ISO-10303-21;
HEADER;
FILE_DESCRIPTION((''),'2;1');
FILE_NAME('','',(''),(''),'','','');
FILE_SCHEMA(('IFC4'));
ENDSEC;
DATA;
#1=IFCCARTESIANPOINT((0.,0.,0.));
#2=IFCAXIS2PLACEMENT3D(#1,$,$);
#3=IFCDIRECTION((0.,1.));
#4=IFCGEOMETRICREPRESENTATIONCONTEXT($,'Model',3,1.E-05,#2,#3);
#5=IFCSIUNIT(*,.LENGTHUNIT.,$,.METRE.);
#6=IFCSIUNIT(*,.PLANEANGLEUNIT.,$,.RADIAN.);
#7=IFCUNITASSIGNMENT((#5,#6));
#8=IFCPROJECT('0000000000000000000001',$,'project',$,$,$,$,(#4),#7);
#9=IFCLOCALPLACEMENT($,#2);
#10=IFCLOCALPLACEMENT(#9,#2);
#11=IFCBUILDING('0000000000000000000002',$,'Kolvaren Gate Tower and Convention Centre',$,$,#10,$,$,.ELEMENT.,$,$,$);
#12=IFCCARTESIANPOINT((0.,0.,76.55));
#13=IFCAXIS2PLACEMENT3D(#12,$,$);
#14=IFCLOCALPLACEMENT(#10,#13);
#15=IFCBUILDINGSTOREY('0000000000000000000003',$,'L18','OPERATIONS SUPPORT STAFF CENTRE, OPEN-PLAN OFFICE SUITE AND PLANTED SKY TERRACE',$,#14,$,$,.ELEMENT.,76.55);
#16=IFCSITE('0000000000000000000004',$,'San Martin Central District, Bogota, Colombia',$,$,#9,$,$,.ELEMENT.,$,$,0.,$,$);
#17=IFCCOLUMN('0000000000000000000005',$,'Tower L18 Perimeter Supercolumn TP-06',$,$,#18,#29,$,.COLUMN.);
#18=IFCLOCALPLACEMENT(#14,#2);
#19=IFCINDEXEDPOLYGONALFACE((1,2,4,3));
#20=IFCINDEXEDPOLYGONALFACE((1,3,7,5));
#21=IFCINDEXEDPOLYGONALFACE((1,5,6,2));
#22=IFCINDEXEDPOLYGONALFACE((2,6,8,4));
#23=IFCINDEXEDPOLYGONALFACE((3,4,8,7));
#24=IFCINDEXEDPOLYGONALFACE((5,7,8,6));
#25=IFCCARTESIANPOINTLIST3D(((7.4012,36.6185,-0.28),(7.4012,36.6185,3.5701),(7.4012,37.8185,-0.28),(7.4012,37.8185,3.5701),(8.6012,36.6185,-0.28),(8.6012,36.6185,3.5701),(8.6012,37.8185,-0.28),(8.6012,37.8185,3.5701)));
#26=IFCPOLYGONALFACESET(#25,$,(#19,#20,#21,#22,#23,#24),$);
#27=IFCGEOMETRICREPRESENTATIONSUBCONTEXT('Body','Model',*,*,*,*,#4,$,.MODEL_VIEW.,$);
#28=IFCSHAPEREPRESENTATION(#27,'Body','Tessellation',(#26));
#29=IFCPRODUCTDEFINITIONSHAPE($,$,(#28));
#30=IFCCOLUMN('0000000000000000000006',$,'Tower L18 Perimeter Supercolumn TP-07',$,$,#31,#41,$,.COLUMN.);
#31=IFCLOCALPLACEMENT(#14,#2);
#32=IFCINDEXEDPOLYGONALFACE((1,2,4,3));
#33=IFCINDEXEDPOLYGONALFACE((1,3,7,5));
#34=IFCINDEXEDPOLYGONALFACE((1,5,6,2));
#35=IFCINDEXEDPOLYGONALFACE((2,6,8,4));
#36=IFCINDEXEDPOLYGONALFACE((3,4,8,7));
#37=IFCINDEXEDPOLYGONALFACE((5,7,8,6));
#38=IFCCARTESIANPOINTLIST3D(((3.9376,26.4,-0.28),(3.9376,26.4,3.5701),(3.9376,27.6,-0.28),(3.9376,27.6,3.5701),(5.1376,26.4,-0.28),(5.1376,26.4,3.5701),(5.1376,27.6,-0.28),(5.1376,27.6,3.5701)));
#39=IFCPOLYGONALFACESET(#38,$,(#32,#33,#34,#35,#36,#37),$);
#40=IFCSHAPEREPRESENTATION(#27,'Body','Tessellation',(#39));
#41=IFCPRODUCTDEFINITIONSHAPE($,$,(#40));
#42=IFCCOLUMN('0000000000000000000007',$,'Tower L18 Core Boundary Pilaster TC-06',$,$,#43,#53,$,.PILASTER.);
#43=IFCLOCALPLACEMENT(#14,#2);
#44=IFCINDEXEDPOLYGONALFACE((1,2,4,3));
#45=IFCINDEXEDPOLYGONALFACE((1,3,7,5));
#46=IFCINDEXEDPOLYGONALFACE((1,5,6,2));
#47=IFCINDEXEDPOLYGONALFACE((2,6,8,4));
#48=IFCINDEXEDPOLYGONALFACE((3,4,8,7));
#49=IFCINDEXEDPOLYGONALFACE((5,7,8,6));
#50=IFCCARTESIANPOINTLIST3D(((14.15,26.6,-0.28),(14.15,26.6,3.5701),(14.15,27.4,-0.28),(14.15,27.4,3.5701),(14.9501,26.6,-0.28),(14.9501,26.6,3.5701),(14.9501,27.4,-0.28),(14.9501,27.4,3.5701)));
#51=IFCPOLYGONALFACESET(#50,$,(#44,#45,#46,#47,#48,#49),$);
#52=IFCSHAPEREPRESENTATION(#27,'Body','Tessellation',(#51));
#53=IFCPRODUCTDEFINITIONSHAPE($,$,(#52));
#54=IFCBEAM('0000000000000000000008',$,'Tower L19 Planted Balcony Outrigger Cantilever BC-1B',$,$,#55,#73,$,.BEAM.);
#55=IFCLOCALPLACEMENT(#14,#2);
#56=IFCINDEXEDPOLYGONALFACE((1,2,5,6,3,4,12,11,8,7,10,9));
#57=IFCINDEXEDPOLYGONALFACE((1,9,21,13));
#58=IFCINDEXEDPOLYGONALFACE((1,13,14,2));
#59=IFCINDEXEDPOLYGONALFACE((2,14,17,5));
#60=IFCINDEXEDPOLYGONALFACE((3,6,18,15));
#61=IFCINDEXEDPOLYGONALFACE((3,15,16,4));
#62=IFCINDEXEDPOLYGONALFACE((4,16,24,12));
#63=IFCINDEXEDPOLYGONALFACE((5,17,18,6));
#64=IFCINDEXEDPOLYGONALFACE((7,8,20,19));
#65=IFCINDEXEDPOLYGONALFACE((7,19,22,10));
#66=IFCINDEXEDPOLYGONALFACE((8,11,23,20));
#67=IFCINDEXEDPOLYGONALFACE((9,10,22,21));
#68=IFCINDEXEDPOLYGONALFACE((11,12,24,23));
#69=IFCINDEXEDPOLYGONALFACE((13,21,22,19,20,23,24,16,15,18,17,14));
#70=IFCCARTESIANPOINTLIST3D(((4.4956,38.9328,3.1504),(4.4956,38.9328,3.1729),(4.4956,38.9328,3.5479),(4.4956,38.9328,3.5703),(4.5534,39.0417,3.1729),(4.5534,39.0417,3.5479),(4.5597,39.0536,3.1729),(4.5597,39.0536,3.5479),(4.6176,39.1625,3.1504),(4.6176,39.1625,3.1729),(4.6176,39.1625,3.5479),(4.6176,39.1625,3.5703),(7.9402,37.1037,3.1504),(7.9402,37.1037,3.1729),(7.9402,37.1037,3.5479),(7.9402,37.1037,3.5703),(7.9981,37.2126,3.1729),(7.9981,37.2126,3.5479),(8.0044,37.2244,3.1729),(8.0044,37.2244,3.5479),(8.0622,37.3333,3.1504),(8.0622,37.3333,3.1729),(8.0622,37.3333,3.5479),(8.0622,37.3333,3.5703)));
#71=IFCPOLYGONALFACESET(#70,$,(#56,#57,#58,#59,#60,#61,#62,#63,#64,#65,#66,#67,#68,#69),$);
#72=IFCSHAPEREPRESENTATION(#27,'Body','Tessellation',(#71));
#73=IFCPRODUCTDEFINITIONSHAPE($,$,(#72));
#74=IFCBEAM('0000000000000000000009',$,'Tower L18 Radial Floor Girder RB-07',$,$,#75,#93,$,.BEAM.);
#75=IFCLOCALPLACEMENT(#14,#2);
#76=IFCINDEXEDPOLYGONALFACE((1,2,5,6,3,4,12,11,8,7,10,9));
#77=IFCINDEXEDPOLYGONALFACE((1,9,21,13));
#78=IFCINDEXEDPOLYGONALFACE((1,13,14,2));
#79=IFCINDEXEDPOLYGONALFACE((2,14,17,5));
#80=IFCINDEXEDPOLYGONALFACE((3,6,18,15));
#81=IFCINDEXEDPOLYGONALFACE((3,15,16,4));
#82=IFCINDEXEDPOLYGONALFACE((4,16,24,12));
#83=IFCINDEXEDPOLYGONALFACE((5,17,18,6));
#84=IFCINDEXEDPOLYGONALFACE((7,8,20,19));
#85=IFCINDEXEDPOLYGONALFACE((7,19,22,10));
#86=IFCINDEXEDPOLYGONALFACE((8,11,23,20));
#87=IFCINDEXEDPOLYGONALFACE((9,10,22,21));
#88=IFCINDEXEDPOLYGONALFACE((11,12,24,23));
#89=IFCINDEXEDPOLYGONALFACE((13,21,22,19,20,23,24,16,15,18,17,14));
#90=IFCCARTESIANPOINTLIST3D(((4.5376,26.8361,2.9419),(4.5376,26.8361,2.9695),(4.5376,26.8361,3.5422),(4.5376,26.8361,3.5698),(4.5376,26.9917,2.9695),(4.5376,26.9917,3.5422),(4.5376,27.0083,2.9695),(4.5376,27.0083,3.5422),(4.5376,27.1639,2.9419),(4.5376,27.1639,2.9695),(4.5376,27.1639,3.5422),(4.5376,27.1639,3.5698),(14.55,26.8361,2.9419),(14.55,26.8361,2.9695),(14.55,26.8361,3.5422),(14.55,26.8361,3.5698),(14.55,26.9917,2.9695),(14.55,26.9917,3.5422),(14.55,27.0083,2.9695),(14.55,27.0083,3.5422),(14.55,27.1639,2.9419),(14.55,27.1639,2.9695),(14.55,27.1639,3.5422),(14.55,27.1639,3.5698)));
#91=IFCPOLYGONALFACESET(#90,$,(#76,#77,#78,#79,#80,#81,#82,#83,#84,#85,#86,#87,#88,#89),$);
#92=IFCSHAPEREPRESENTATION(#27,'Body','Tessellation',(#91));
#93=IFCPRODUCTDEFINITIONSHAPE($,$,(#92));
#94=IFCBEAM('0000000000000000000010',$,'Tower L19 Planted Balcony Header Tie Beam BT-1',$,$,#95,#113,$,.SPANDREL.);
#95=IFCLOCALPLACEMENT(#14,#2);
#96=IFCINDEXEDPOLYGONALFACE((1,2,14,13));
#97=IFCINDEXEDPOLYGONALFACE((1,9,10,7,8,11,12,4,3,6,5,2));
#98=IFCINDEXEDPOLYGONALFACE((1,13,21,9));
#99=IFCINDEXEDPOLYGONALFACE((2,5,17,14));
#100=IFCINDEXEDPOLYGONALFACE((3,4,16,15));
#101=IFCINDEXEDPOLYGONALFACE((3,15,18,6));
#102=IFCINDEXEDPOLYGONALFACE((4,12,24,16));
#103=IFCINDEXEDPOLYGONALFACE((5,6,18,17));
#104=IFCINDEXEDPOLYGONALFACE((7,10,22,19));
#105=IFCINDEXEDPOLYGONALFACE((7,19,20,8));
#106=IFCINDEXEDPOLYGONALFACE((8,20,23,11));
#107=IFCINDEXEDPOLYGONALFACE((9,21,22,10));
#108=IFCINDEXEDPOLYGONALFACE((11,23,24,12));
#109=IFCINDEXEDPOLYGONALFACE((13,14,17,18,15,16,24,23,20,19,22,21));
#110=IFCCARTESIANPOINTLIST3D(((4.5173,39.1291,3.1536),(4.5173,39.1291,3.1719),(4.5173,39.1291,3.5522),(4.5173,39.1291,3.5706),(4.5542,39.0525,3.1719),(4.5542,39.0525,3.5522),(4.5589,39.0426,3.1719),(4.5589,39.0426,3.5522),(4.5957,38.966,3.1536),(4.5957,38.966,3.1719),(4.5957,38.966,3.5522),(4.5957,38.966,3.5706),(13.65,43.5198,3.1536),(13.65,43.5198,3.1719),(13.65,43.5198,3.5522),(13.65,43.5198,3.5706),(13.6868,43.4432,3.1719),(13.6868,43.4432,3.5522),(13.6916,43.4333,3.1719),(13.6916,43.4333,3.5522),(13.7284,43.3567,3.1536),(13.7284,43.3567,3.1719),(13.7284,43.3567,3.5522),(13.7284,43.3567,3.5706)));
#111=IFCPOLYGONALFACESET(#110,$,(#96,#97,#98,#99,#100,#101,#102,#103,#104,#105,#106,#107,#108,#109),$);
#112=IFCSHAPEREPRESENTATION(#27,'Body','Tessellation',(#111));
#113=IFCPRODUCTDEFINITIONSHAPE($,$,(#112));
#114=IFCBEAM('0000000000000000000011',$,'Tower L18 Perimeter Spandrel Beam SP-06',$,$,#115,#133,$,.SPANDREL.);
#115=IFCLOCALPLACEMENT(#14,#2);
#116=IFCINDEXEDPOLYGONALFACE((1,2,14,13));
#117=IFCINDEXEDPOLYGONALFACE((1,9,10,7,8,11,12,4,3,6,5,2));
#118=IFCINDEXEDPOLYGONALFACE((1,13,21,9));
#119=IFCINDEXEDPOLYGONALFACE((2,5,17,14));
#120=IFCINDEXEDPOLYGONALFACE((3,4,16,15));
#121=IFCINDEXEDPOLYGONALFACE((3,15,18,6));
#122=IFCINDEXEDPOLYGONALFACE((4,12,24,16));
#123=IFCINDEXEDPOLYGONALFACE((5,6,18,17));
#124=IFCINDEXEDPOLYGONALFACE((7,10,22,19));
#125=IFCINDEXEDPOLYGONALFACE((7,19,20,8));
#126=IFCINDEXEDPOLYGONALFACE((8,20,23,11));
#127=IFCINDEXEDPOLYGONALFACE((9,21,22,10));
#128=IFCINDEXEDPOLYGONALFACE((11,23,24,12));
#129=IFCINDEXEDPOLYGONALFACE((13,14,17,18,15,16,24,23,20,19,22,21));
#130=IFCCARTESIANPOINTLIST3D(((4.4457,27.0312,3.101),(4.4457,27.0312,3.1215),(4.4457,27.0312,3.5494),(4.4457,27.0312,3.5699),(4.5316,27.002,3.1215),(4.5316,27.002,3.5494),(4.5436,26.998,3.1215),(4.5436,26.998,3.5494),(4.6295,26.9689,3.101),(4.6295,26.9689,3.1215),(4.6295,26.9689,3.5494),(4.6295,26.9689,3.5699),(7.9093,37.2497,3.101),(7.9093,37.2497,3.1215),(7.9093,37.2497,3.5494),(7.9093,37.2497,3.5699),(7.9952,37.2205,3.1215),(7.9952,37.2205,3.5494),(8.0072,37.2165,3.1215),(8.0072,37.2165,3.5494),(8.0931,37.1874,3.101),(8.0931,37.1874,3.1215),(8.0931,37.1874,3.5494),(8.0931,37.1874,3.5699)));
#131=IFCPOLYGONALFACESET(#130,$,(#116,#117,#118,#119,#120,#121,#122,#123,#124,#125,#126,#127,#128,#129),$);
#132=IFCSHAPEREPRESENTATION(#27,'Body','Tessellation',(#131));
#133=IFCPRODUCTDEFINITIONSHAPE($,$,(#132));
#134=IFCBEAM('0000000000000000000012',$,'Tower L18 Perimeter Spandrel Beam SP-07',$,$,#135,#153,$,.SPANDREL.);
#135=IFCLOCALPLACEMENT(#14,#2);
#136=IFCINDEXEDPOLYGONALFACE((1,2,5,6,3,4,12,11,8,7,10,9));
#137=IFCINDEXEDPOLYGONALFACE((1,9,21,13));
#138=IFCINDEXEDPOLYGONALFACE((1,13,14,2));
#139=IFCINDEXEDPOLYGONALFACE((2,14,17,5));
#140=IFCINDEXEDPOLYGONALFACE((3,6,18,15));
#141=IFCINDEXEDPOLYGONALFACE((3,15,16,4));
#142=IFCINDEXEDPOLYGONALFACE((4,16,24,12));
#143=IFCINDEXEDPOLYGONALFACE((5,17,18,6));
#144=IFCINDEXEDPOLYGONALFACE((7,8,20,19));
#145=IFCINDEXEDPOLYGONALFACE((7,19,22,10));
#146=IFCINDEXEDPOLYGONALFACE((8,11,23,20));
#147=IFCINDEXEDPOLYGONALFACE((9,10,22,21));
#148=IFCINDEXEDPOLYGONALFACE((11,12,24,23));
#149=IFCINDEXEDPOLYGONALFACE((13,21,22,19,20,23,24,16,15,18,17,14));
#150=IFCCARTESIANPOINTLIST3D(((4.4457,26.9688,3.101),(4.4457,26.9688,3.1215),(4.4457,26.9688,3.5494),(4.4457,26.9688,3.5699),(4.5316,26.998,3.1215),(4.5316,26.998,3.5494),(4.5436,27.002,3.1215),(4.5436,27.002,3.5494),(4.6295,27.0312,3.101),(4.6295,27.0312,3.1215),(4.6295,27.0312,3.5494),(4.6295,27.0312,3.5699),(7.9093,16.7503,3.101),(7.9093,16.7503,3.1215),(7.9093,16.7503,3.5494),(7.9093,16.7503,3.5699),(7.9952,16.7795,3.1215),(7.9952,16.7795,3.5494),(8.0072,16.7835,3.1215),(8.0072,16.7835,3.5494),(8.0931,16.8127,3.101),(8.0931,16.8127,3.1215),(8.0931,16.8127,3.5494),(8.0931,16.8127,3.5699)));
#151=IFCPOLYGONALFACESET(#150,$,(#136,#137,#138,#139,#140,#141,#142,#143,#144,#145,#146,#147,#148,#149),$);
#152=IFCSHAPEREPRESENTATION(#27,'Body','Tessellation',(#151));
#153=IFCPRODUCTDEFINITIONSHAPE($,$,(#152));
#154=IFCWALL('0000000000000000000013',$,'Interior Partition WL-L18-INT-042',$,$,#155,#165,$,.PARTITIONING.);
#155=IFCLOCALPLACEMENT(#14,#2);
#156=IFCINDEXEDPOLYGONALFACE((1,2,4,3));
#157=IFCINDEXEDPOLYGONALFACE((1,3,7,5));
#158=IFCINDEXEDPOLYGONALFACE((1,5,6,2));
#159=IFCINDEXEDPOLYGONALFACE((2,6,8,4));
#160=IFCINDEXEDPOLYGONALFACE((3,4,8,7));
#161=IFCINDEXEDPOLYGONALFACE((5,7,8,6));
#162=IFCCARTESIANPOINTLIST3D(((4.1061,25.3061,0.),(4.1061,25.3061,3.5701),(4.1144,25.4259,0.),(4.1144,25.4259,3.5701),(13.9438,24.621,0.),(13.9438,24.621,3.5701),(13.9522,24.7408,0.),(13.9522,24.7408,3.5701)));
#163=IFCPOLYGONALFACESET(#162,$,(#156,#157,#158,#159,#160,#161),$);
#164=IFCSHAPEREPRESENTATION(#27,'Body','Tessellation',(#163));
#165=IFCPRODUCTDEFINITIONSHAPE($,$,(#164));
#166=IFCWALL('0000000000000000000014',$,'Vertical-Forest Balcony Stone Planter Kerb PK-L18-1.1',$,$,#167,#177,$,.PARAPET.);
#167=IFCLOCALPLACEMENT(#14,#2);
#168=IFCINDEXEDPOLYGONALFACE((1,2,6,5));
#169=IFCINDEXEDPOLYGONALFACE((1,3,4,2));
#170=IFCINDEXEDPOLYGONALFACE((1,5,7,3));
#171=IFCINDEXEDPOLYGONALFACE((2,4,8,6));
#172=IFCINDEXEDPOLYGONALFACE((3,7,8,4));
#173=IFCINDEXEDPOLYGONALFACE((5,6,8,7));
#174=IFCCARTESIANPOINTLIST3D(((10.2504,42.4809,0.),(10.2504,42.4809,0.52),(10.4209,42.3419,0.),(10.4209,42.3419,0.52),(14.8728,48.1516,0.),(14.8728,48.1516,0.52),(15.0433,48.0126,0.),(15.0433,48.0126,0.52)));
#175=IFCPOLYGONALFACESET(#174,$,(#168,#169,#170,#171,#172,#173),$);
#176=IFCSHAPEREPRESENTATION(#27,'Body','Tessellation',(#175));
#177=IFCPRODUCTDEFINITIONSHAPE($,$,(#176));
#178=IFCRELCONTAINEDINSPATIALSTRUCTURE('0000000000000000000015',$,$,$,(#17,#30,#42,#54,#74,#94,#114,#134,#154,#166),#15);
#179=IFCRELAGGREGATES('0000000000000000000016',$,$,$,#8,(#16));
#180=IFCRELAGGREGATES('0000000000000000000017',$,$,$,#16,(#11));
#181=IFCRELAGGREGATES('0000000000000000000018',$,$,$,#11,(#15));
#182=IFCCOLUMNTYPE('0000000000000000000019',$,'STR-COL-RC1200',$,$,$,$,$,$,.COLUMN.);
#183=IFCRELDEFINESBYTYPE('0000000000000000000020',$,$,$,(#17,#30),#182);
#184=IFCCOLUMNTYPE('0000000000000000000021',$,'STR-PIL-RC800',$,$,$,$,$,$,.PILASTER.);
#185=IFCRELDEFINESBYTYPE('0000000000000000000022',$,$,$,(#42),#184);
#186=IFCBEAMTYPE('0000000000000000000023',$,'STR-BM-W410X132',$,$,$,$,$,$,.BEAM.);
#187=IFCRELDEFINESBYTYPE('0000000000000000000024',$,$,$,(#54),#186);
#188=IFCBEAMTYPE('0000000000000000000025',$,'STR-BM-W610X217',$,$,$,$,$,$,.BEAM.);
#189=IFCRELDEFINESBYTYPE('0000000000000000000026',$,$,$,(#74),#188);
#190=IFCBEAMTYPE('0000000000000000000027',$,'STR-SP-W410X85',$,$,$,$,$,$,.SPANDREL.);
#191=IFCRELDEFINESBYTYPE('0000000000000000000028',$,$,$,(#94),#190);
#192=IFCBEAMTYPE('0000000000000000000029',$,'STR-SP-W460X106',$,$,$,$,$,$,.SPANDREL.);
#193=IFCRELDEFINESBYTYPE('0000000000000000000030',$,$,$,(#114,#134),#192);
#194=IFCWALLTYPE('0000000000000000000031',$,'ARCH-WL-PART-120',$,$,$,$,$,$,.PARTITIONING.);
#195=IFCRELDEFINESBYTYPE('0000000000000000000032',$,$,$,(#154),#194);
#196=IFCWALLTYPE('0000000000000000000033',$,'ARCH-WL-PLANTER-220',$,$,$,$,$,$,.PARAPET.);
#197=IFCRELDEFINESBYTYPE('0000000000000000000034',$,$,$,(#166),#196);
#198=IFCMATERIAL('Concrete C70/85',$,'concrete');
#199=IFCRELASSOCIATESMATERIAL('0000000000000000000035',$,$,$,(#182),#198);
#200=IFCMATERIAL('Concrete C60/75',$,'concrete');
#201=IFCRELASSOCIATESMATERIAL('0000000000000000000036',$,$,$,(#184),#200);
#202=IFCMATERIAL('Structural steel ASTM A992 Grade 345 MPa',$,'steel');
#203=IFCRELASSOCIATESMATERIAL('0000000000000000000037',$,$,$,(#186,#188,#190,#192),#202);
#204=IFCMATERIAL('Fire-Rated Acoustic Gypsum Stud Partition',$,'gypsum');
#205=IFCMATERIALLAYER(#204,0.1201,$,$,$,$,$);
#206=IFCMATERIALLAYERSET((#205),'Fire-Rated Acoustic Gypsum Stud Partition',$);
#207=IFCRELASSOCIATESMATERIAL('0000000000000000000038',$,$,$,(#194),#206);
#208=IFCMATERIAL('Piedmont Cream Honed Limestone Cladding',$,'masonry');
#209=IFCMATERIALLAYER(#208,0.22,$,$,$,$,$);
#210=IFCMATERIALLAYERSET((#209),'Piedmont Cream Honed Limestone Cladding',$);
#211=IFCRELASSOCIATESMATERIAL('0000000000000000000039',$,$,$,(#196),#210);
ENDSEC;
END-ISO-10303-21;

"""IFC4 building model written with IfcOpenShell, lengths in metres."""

from ifc_helpers import new_model, si_unit, direction, frame, frame_2d, origin, origin_2d, place, context, subcontext, project, spatial, rectangle, i_section, extrude, material, layer, layer_set, material_profile, profile_set, type_object, element, save


model = new_model("IFC4")

# Units and contexts
model_context = context("Model", 3, precision=1e-05, world=origin(), true_north=direction((0.0, 1.0)))
body_context = subcontext(model_context, "Body", "Model", "MODEL_VIEW")
ifc_project = project(units=[si_unit("LENGTHUNIT", "METRE"), si_unit("PLANEANGLEUNIT", "RADIAN")], contexts=[model_context])

# Site, building, storey
site_placement = place(None, origin())
site = spatial("IfcSite", under=ifc_project, at=site_placement, Name="San Martin Central District, Bogota, Colombia", CompositionType="ELEMENT", RefElevation=0.0)
building_placement = place(site_placement, origin())
building = spatial("IfcBuilding", under=site, at=building_placement, Name="Kolvaren Gate Tower and Convention Centre", CompositionType="ELEMENT")
storey_placement = place(building_placement, frame((0.0, 0.0, 76.55)))
storey = spatial("IfcBuildingStorey", under=building, at=storey_placement, Name="L18", Description="OPERATIONS SUPPORT STAFF CENTRE, OPEN-PLAN OFFICE SUITE AND PLANTED SKY TERRACE", CompositionType="ELEMENT", Elevation=76.55)

# Columns
ifc_material_1 = material(Name="Concrete C70/85", Category="concrete")
ifc_material_profile_1 = material_profile(ifc_material_1, rectangle(XDim=1.2, YDim=1.2, at=origin_2d()), Name="RC-COL-1200X1200")
ifc_profile_set_1 = profile_set([ifc_material_profile_1], Name="Concrete C70/85")
column_type_1 = type_object("IfcColumnType", Name="STR-COL-RC1200", PredefinedType="COLUMN", material=ifc_profile_set_1)
for number, where, z_axis, x_axis, name in (
    (1, (8.0012, 37.2185, -0.28), (0.0, 0.0, 1.0), (1.0, 0.0, 0.0), "Tower L18 Perimeter Supercolumn TP-06"),
    (2, (4.5376, 27.0, -0.28), (0.0, 0.0, 1.0), (1.0, 0.0, 0.0), "Tower L18 Perimeter Supercolumn TP-07"),
):
    element("IfcColumn", number, at=place(storey_placement, frame(where, z_axis=z_axis, x_axis=x_axis)), inside=storey, type_object=column_type_1, Name=name, PredefinedType="COLUMN", context=body_context, shape_type="SweptSolid", body=[
        extrude(rectangle(XDim=1.2, YDim=1.2, at=origin_2d()), origin(), (0.0, 0.0, 1.0), 3.8501),
    ])
ifc_material_2 = material(Name="Concrete C60/75", Category="concrete")
ifc_material_profile_2 = material_profile(ifc_material_2, rectangle(XDim=0.8, YDim=0.8, at=origin_2d()), Name="RC-COL-800X800")
ifc_profile_set_2 = profile_set([ifc_material_profile_2], Name="Concrete C60/75")
column_type_2 = type_object("IfcColumnType", Name="STR-PIL-RC800", PredefinedType="PILASTER", material=ifc_profile_set_2)
column_placement = place(storey_placement, frame((14.55, 27.0, -0.28), z_axis=(0.0, 0.0, 1.0), x_axis=(1.0, 0.0, 0.0)))
element("IfcColumn", 3, at=column_placement, inside=storey, type_object=column_type_2, Name="Tower L18 Core Boundary Pilaster TC-06", PredefinedType="PILASTER", context=body_context, shape_type="SweptSolid", body=[
    extrude(rectangle(XDim=0.8, YDim=0.8, at=origin_2d()), origin(), (0.0, 0.0, 1.0), 3.8501),
])

# Beams
ifc_material_3 = material(Name="Structural steel ASTM A992 Grade 345 MPa", Category="steel")
ifc_material_profile_3 = material_profile(ifc_material_3, i_section(OverallWidth=0.26, OverallDepth=0.4199, WebThickness=0.0134, FlangeThickness=0.0225, at=origin_2d()), Name="W410X132")
ifc_profile_set_3 = profile_set([ifc_material_profile_3], Name="Structural steel ASTM A992 Grade 345 MPa")
beam_type_1 = type_object("IfcBeamType", Name="STR-BM-W410X132", PredefinedType="BEAM", material=ifc_profile_set_3)
beam_1_placement = place(storey_placement, frame((8.0012, 37.2185, 3.3604), z_axis=(-0.883204, 0.468989, 0.0), x_axis=(-0.468989, -0.883204, 0.0)))
element("IfcBeam", 4, at=beam_1_placement, inside=storey, type_object=beam_type_1, Name="Tower L19 Planted Balcony Outrigger Cantilever BC-1B", PredefinedType="BEAM", context=body_context, shape_type="SweptSolid", body=[
    extrude(i_section(OverallWidth=0.26, OverallDepth=0.4199, WebThickness=0.0134, FlangeThickness=0.0225, at=origin_2d()), origin(), (0.0, 0.0, 1.0), 3.9001),
])
ifc_material_profile_4 = material_profile(ifc_material_3, i_section(OverallWidth=0.3279, OverallDepth=0.6279, WebThickness=0.0166, FlangeThickness=0.0276, at=origin_2d()), Name="W610X217")
ifc_profile_set_4 = profile_set([ifc_material_profile_4], Name="Structural steel ASTM A992 Grade 345 MPa")
beam_type_2 = type_object("IfcBeamType", Name="STR-BM-W610X217", PredefinedType="BEAM", material=ifc_profile_set_4)
beam_2_placement = place(storey_placement, frame((14.55, 27.0, 3.2559), z_axis=(-1.0, 0.0, 0.0), x_axis=(0.0, -1.0, 0.0)))
element("IfcBeam", 5, at=beam_2_placement, inside=storey, type_object=beam_type_2, Name="Tower L18 Radial Floor Girder RB-07", PredefinedType="BEAM", context=body_context, shape_type="SweptSolid", body=[
    extrude(i_section(OverallWidth=0.3279, OverallDepth=0.6279, WebThickness=0.0166, FlangeThickness=0.0276, at=origin_2d()), origin(), (0.0, 0.0, 1.0), 10.0125),
])
ifc_material_profile_5 = material_profile(ifc_material_3, i_section(OverallWidth=0.1809, OverallDepth=0.417, WebThickness=0.011, FlangeThickness=0.0183, at=origin_2d()), Name="W410X85")
ifc_profile_set_5 = profile_set([ifc_material_profile_5], Name="Structural steel ASTM A992 Grade 345 MPa")
beam_type_3 = type_object("IfcBeamType", Name="STR-SP-W410X85", PredefinedType="SPANDREL", material=ifc_profile_set_5)
beam_3_placement = place(storey_placement, frame((13.6892, 43.4382, 3.3621), z_axis=(-0.901254, -0.433292, 0.0), x_axis=(0.433292, -0.901254, 0.0)))
element("IfcBeam", 6, at=beam_3_placement, inside=storey, type_object=beam_type_3, Name="Tower L19 Planted Balcony Header Tie Beam BT-1", PredefinedType="SPANDREL", context=body_context, shape_type="SweptSolid", body=[
    extrude(i_section(OverallWidth=0.1809, OverallDepth=0.417, WebThickness=0.011, FlangeThickness=0.0183, at=origin_2d()), origin(), (0.0, 0.0, 1.0), 10.1333),
])
ifc_material_profile_6 = material_profile(ifc_material_3, i_section(OverallWidth=0.1941, OverallDepth=0.469, WebThickness=0.0127, FlangeThickness=0.0205, at=origin_2d()), Name="W460X106")
ifc_profile_set_6 = profile_set([ifc_material_profile_6], Name="Structural steel ASTM A992 Grade 345 MPa")
beam_type_4 = type_object("IfcBeamType", Name="STR-SP-W460X106", PredefinedType="SPANDREL", material=ifc_profile_set_6)
for number, where, z_axis, x_axis, name in (
    (7, (8.0012, 37.2185, 3.3354), (-0.321016, -0.947074, 0.0), (0.947074, -0.321016, 0.0), "Tower L18 Perimeter Spandrel Beam SP-06"),
    (8, (4.5376, 27.0, 3.3354), (0.321016, -0.947074, 0.0), (0.947074, 0.321016, 0.0), "Tower L18 Perimeter Spandrel Beam SP-07"),
):
    element("IfcBeam", number, at=place(storey_placement, frame(where, z_axis=z_axis, x_axis=x_axis)), inside=storey, type_object=beam_type_4, Name=name, PredefinedType="SPANDREL", context=body_context, shape_type="SweptSolid", body=[
        extrude(i_section(OverallWidth=0.1941, OverallDepth=0.469, WebThickness=0.0127, FlangeThickness=0.0205, at=origin_2d()), origin(), (0.0, 0.0, 1.0), 10.7896),
    ])

# Walls
ifc_material_4 = material(Name="Fire-Rated Acoustic Gypsum Stud Partition", Category="gypsum")
ifc_layer_1 = layer(ifc_material_4, 0.1201)
ifc_layer_set_1 = layer_set([ifc_layer_1], Name="Fire-Rated Acoustic Gypsum Stud Partition")
wall_type_1 = type_object("IfcWallType", Name="ARCH-WL-PART-120", PredefinedType="PARTITIONING", material=ifc_layer_set_1)
wall_1_placement = place(storey_placement, frame((4.1104, 25.366, 0.0), z_axis=(0.0, 0.0, 1.0), x_axis=(0.997584, -0.069468, 0.0)))
element("IfcWall", 9, at=wall_1_placement, inside=storey, type_object=wall_type_1, Name="Interior Partition WL-L18-INT-042", PredefinedType="PARTITIONING", context=body_context, shape_type="SweptSolid", body=[
    extrude(rectangle(XDim=9.8616, YDim=0.1201, at=frame_2d((4.9307, 0.0))), origin(), (0.0, 0.0, 1.0), 3.5701),
])
ifc_material_5 = material(Name="Piedmont Cream Honed Limestone Cladding", Category="masonry")
ifc_layer_2 = layer(ifc_material_5, 0.22)
ifc_layer_set_2 = layer_set([ifc_layer_2], Name="Piedmont Cream Honed Limestone Cladding")
wall_type_2 = type_object("IfcWallType", Name="ARCH-WL-PLANTER-220", PredefinedType="PARAPET", material=ifc_layer_set_2)
wall_2_placement = place(storey_placement, frame((10.3357, 42.4114, 0.0), z_axis=(0.0, 0.0, 1.0), x_axis=(0.631819, 0.775116, 0.0)))
element("IfcWall", 10, at=wall_2_placement, inside=storey, type_object=wall_type_2, Name="Vertical-Forest Balcony Stone Planter Kerb PK-L18-1.1", PredefinedType="PARAPET", context=body_context, shape_type="SweptSolid", body=[
    extrude(rectangle(XDim=7.3159, YDim=0.22, at=frame_2d((3.658, 0.0))), origin(), (0.0, 0.0, 1.0), 0.52),
])

save(model, "model.ifc")
